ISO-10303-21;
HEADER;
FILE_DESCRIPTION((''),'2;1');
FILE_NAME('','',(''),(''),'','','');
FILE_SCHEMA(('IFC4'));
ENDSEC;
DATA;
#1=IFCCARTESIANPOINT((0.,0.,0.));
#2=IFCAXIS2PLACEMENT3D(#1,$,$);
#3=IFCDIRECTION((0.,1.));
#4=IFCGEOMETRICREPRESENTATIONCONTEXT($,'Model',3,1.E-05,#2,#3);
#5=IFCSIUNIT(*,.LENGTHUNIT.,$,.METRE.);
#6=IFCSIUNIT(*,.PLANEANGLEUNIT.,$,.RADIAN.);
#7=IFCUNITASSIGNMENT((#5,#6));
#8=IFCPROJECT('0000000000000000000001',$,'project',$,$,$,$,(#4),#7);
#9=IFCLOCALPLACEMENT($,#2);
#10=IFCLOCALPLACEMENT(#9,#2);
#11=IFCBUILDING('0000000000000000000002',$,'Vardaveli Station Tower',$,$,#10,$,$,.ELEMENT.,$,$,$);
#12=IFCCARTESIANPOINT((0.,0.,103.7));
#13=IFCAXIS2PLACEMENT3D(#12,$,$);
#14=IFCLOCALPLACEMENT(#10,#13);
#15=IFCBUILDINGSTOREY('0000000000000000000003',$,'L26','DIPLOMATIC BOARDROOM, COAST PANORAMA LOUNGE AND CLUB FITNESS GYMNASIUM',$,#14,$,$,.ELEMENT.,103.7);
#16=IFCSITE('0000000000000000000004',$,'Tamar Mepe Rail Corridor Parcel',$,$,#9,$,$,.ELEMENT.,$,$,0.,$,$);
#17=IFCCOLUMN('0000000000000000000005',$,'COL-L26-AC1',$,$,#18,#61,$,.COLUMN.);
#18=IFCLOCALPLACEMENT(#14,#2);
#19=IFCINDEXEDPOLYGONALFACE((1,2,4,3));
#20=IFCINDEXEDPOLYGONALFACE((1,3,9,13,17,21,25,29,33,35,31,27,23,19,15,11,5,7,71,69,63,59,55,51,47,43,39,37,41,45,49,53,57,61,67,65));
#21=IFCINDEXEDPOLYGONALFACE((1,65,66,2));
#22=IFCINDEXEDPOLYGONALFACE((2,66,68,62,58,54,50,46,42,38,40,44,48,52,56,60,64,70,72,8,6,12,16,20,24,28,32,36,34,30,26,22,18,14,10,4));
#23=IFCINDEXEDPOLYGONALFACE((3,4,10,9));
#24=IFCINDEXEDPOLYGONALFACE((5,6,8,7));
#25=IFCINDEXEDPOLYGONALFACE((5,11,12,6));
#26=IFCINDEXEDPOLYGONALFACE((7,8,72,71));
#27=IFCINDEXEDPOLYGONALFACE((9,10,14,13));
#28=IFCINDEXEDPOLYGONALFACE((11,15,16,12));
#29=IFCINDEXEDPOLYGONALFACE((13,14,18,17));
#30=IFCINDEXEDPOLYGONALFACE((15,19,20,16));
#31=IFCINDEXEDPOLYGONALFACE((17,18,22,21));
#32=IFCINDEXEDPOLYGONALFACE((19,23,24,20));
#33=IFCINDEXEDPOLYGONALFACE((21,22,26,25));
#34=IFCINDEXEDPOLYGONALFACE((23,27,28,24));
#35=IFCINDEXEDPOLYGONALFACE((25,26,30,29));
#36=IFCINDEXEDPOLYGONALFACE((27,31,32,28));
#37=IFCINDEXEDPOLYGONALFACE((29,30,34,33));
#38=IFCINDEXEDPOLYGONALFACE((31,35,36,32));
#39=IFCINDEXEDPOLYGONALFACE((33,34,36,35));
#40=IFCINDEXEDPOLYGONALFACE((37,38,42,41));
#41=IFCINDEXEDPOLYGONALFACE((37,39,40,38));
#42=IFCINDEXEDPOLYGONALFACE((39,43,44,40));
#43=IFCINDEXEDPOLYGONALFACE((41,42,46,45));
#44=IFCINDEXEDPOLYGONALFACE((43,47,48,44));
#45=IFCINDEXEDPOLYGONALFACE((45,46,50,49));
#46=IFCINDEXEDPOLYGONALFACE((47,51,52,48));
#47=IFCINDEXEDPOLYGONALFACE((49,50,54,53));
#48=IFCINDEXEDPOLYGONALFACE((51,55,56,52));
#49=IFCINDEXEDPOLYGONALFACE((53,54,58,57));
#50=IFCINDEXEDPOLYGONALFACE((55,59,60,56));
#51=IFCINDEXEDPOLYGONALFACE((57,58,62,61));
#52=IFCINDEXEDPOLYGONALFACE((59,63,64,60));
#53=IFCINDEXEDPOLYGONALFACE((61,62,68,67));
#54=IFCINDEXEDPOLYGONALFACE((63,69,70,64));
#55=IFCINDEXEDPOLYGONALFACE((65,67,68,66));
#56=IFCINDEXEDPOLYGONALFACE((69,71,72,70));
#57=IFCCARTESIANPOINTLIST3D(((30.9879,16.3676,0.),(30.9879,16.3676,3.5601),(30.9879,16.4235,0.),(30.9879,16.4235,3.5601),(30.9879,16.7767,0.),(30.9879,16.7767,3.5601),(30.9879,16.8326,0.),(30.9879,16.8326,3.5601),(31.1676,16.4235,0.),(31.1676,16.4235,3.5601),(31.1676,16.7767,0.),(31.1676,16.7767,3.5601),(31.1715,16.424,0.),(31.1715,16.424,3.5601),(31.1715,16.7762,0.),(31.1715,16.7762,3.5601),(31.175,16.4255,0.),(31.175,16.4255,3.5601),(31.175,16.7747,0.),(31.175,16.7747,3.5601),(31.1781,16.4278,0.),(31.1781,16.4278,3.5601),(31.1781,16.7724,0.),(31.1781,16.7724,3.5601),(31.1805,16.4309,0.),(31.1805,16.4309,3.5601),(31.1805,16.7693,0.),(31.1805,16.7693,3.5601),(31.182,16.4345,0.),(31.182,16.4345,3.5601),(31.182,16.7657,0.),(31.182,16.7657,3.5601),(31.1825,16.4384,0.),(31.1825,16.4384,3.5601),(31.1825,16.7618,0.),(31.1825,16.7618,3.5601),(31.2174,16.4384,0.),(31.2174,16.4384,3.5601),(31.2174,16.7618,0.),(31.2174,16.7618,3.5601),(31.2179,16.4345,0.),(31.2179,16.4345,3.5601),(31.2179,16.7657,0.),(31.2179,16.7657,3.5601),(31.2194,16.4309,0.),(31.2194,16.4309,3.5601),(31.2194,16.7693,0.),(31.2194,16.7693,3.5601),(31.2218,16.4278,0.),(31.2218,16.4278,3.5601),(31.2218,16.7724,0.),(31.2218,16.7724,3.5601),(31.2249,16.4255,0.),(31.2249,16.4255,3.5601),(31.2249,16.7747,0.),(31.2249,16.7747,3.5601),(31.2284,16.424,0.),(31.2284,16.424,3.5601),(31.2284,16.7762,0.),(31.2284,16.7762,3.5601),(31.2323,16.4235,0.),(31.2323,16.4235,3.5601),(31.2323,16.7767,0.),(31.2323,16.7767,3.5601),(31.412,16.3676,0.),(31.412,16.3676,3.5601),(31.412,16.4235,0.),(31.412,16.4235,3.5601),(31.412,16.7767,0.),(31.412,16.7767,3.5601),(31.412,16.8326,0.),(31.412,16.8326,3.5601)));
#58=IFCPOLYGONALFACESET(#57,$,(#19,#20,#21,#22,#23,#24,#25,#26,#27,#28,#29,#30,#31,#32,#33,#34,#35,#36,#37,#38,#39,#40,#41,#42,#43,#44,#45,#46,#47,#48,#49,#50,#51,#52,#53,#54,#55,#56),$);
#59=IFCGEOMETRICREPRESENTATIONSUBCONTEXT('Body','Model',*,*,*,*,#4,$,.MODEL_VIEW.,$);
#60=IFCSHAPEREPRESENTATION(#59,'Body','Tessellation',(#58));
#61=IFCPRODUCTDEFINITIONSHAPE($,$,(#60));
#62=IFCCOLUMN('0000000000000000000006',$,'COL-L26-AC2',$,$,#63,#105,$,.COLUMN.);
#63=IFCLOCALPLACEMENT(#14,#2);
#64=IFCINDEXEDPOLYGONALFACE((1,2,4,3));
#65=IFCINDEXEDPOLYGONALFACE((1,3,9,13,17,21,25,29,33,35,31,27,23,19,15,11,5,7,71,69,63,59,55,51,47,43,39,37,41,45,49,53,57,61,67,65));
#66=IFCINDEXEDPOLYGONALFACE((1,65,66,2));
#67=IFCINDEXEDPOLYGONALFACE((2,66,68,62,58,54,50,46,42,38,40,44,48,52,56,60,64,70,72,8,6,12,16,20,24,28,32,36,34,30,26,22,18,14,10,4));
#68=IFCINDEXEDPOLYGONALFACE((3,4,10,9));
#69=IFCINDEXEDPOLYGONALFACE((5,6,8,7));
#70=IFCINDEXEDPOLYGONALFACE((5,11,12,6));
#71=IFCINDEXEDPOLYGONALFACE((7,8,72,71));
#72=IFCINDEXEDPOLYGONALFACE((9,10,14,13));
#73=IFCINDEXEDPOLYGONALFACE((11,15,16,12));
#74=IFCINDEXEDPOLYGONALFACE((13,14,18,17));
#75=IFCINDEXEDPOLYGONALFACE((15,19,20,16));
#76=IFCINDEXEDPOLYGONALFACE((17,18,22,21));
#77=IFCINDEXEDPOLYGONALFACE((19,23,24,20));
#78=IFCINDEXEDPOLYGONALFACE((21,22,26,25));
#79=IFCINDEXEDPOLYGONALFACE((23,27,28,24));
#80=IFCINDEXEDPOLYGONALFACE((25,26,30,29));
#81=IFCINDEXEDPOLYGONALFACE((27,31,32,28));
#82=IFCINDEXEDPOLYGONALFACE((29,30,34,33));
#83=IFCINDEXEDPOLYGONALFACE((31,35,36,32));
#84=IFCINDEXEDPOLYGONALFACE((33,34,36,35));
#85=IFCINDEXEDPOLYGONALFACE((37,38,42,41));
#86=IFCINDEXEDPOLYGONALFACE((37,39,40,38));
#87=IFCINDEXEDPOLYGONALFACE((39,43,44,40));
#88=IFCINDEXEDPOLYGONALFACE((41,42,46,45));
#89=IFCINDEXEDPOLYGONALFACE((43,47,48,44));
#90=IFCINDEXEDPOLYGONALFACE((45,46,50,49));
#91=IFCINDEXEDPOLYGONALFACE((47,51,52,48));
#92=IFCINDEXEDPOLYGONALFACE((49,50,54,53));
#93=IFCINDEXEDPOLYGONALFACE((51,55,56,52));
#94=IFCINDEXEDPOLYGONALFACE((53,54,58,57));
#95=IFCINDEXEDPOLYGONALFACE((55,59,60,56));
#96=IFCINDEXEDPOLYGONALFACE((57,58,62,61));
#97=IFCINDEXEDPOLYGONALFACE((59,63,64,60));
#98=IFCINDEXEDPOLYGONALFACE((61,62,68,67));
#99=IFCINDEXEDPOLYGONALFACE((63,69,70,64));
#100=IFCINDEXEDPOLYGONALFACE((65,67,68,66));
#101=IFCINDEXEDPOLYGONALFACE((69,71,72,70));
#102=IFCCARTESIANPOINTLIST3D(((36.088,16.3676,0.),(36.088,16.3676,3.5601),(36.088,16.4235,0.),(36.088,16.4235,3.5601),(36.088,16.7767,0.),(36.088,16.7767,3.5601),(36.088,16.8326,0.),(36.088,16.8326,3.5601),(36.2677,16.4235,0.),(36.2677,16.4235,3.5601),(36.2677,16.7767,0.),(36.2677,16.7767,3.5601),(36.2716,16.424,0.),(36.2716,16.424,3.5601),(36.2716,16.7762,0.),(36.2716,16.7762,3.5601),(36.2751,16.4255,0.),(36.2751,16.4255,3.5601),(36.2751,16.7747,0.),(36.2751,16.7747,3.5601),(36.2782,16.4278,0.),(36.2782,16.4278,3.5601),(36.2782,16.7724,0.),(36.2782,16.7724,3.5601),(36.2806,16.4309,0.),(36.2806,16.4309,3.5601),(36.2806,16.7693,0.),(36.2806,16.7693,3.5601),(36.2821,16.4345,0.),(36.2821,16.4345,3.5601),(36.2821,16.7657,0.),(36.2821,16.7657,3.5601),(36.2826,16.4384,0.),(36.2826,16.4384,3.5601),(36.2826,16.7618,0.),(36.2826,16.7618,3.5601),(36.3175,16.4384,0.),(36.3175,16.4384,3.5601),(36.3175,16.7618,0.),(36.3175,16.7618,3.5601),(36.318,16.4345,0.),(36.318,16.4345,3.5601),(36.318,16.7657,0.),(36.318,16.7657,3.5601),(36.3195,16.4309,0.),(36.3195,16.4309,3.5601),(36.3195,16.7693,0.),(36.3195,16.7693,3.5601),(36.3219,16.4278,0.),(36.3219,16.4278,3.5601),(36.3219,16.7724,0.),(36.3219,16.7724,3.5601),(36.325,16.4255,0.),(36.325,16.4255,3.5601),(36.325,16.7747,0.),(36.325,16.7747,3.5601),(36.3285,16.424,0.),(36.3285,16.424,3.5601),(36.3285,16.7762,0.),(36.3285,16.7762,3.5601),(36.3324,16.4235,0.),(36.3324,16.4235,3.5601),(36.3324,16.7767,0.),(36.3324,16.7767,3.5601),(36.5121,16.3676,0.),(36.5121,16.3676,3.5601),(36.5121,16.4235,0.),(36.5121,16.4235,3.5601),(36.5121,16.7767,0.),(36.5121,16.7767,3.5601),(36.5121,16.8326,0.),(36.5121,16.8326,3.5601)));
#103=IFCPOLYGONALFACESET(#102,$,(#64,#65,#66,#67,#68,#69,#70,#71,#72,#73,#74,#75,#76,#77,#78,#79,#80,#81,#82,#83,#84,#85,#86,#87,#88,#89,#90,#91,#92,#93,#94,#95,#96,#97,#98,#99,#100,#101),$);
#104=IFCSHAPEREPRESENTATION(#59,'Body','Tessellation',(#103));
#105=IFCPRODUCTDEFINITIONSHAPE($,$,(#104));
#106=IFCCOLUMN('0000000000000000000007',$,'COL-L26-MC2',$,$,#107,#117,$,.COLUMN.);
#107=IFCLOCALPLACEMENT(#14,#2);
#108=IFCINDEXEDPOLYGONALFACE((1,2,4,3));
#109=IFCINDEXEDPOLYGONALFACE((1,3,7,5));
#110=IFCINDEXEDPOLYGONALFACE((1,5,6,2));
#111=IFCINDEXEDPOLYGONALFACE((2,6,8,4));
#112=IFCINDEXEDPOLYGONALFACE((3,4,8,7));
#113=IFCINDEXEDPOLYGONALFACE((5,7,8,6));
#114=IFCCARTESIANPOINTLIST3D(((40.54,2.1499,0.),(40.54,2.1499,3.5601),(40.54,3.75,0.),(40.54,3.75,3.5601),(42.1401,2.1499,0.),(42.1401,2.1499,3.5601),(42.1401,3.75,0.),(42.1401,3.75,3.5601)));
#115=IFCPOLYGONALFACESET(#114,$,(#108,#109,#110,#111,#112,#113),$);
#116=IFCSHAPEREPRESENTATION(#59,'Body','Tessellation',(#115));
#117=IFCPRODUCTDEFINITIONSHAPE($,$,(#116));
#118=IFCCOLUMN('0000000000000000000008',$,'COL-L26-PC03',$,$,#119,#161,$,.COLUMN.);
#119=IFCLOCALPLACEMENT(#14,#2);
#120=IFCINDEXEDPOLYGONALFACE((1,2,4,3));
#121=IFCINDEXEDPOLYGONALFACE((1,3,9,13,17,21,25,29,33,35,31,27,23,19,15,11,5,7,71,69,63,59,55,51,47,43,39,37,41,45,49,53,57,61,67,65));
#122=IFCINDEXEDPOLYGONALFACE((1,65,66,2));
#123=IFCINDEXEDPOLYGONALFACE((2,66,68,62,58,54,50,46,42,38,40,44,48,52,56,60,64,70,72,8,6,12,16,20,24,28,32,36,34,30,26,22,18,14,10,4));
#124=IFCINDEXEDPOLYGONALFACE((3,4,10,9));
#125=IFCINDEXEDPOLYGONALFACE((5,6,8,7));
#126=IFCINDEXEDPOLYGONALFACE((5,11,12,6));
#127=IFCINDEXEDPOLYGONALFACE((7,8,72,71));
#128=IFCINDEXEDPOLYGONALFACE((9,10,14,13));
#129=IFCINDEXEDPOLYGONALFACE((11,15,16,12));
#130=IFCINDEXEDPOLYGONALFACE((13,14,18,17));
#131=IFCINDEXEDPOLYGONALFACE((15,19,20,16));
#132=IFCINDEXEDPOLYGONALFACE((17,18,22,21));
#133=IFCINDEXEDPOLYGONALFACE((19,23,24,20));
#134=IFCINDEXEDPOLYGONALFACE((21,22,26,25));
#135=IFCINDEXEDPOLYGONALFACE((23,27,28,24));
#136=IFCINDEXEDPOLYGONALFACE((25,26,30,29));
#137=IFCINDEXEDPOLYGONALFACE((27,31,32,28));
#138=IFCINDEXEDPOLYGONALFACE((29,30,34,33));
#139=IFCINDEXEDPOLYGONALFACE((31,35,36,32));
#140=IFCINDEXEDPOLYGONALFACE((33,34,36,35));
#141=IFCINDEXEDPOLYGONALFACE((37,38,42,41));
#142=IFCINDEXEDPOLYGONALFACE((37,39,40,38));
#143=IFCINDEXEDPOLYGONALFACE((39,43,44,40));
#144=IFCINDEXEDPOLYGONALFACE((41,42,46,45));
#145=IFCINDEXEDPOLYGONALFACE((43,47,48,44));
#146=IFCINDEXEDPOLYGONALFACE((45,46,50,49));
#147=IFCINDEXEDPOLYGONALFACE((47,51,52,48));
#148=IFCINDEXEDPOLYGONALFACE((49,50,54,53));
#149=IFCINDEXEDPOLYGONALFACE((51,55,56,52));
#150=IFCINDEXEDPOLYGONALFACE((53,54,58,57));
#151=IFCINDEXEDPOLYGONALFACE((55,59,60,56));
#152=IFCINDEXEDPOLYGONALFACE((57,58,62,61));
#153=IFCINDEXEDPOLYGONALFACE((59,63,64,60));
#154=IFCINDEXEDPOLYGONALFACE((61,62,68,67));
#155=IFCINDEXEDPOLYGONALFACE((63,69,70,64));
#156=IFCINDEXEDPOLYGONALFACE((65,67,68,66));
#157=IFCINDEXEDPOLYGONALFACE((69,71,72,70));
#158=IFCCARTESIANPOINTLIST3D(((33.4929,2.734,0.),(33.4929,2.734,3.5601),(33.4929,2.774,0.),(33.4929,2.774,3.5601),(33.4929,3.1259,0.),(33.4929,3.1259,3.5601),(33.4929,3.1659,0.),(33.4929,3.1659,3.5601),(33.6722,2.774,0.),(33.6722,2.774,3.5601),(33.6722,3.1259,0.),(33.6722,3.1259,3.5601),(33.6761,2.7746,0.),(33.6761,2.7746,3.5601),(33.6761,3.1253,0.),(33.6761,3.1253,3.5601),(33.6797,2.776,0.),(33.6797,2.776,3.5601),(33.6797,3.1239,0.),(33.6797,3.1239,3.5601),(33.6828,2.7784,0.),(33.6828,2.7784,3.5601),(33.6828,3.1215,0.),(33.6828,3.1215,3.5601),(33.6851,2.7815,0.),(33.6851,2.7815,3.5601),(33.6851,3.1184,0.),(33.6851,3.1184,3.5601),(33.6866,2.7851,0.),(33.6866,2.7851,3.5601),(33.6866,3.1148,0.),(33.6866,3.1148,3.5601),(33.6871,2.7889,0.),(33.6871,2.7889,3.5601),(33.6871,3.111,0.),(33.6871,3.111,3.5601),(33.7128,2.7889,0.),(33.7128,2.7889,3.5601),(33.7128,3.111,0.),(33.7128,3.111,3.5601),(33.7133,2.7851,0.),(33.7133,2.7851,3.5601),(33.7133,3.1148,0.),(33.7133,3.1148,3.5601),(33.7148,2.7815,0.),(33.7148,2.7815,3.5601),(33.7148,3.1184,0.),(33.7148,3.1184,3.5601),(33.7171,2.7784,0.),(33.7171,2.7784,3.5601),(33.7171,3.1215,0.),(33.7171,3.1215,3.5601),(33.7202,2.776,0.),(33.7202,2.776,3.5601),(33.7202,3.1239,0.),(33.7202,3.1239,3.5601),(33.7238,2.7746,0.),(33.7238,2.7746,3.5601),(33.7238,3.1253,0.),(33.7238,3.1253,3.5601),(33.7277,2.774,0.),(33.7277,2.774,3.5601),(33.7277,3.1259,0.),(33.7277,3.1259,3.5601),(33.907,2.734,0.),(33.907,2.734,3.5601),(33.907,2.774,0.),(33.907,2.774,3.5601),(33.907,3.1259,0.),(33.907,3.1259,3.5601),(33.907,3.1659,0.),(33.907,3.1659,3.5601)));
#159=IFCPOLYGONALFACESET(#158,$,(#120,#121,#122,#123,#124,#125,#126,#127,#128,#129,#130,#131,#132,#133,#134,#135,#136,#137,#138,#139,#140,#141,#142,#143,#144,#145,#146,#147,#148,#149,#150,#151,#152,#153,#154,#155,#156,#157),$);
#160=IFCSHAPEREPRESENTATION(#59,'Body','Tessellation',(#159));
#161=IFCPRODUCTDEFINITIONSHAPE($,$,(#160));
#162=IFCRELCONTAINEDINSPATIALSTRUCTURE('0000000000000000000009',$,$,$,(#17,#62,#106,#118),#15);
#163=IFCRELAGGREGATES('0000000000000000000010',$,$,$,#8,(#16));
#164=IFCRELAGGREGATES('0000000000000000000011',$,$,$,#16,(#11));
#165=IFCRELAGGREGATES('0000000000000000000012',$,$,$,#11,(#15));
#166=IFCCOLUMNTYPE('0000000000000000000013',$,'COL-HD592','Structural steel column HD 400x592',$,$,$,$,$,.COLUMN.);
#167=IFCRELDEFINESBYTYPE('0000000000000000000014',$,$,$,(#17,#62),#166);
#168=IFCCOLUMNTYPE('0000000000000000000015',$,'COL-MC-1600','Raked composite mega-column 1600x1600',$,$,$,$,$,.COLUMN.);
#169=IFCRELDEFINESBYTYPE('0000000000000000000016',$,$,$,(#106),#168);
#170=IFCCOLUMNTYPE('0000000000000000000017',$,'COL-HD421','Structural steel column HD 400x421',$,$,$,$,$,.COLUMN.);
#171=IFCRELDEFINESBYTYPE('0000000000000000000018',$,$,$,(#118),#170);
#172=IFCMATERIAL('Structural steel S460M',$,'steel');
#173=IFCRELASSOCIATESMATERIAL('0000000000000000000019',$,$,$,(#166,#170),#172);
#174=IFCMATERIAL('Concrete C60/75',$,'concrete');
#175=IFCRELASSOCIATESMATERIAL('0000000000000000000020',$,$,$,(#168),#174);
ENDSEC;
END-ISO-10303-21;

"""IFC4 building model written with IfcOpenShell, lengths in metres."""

from ifc_helpers import new_model, si_unit, direction, frame, origin, origin_2d, place, context, subcontext, project, spatial, rectangle, i_section, extrude, source, transform, mapped, material, material_profile, profile_set, type_object, element, save


model = new_model("IFC4")

# Units and contexts
model_context = context("Model", 3, precision=1e-05, world=origin(), true_north=direction((0.0, 1.0)))
body_context = subcontext(model_context, "Body", "Model", "MODEL_VIEW")
ifc_project = project(units=[si_unit("LENGTHUNIT", "METRE"), si_unit("PLANEANGLEUNIT", "RADIAN")], contexts=[model_context])

# Site, building, storey
site_placement = place(None, origin())
site = spatial("IfcSite", under=ifc_project, at=site_placement, Name="Tamar Mepe Rail Corridor Parcel", CompositionType="ELEMENT", RefElevation=0.0)
building_placement = place(site_placement, origin())
building = spatial("IfcBuilding", under=site, at=building_placement, Name="Vardaveli Station Tower", CompositionType="ELEMENT")
storey_placement = place(building_placement, frame((0.0, 0.0, 103.7)))
storey = spatial("IfcBuildingStorey", under=building, at=storey_placement, Name="L26", Description="DIPLOMATIC BOARDROOM, COAST PANORAMA LOUNGE AND CLUB FITNESS GYMNASIUM", CompositionType="ELEMENT", Elevation=103.7)

# Columns
ifc_material_1 = material(Name="Structural steel S460M", Category="steel")
ifc_material_profile_1 = material_profile(ifc_material_1, i_section(OverallWidth=0.4241, OverallDepth=0.4651, WebThickness=0.0349, FlangeThickness=0.0559, FilletRadius=0.0149, at=origin_2d()), Name="HD 400x592")
ifc_profile_set_1 = profile_set([ifc_material_profile_1], Name="Structural steel S460M")
column_type_1 = type_object("IfcColumnType", Name="COL-HD592", Description="Structural steel column HD 400x592", PredefinedType="COLUMN", material=ifc_profile_set_1)
shared_shape_1 = source(origin(), body_context, "Body", "SweptSolid", [
    extrude(i_section(OverallWidth=0.4241, OverallDepth=0.4651, WebThickness=0.0349, FlangeThickness=0.0559, FilletRadius=0.0149, at=origin_2d()), origin(), (0.0, 0.0, 1.0), 3.5601),
])
for number, where, z_axis, x_axis, name in (
    (1, (31.2, 16.6001, 0.0), (0.0, 0.0, 1.0), (1.0, 0.0, 0.0), "COL-L26-AC1"),
    (2, (36.3, 16.6001, 0.0), (0.0, 0.0, 1.0), (1.0, 0.0, 0.0), "COL-L26-AC2"),
):
    element("IfcColumn", number, at=place(storey_placement, frame(where, z_axis=z_axis, x_axis=x_axis)), inside=storey, type_object=column_type_1, Name=name, PredefinedType="COLUMN", context=body_context, shape_type="MappedRepresentation", body=[
        mapped(shared_shape_1, transform((0.0, 0.0, 0.0), scale=1.0)),
    ])
ifc_material_2 = material(Name="Concrete C60/75", Category="concrete")
ifc_material_profile_2 = material_profile(ifc_material_2, rectangle(XDim=1.6001, YDim=1.6001, at=origin_2d()), Name="MC 1600x1600")
ifc_profile_set_2 = profile_set([ifc_material_profile_2], Name="Concrete C60/75")
column_type_2 = type_object("IfcColumnType", Name="COL-MC-1600", Description="Raked composite mega-column 1600x1600", PredefinedType="COLUMN", material=ifc_profile_set_2)
shared_shape_2 = source(origin(), body_context, "Body", "SweptSolid", [
    extrude(rectangle(XDim=1.6001, YDim=1.6001, at=origin_2d()), origin(), (0.0, 0.0, 1.0), 3.5601),
])
column_1_placement = place(storey_placement, frame((41.3401, 2.95, 0.0), z_axis=(0.0, 0.0, 1.0), x_axis=(1.0, 0.0, 0.0)))
element("IfcColumn", 3, at=column_1_placement, inside=storey, type_object=column_type_2, Name="COL-L26-MC2", PredefinedType="COLUMN", context=body_context, shape_type="MappedRepresentation", body=[
    mapped(shared_shape_2, transform((0.0, 0.0, 0.0), scale=1.0)),
])
ifc_material_profile_3 = material_profile(ifc_material_1, i_section(OverallWidth=0.4141, OverallDepth=0.4319, WebThickness=0.0256, FlangeThickness=0.04, FilletRadius=0.0149, at=origin_2d()), Name="HD 400x421")
ifc_profile_set_3 = profile_set([ifc_material_profile_3], Name="Structural steel S460M")
column_type_3 = type_object("IfcColumnType", Name="COL-HD421", Description="Structural steel column HD 400x421", PredefinedType="COLUMN", material=ifc_profile_set_3)
shared_shape_3 = source(origin(), body_context, "Body", "SweptSolid", [
    extrude(i_section(OverallWidth=0.4141, OverallDepth=0.4319, WebThickness=0.0256, FlangeThickness=0.04, FilletRadius=0.0149, at=origin_2d()), origin(), (0.0, 0.0, 1.0), 3.5601),
])
column_2_placement = place(storey_placement, frame((33.7, 2.95, 0.0), z_axis=(0.0, 0.0, 1.0), x_axis=(1.0, 0.0, 0.0)))
element("IfcColumn", 4, at=column_2_placement, inside=storey, type_object=column_type_3, Name="COL-L26-PC03", PredefinedType="COLUMN", context=body_context, shape_type="MappedRepresentation", body=[
    mapped(shared_shape_3, transform((0.0, 0.0, 0.0), scale=1.0)),
])

save(model, "model.ifc")
